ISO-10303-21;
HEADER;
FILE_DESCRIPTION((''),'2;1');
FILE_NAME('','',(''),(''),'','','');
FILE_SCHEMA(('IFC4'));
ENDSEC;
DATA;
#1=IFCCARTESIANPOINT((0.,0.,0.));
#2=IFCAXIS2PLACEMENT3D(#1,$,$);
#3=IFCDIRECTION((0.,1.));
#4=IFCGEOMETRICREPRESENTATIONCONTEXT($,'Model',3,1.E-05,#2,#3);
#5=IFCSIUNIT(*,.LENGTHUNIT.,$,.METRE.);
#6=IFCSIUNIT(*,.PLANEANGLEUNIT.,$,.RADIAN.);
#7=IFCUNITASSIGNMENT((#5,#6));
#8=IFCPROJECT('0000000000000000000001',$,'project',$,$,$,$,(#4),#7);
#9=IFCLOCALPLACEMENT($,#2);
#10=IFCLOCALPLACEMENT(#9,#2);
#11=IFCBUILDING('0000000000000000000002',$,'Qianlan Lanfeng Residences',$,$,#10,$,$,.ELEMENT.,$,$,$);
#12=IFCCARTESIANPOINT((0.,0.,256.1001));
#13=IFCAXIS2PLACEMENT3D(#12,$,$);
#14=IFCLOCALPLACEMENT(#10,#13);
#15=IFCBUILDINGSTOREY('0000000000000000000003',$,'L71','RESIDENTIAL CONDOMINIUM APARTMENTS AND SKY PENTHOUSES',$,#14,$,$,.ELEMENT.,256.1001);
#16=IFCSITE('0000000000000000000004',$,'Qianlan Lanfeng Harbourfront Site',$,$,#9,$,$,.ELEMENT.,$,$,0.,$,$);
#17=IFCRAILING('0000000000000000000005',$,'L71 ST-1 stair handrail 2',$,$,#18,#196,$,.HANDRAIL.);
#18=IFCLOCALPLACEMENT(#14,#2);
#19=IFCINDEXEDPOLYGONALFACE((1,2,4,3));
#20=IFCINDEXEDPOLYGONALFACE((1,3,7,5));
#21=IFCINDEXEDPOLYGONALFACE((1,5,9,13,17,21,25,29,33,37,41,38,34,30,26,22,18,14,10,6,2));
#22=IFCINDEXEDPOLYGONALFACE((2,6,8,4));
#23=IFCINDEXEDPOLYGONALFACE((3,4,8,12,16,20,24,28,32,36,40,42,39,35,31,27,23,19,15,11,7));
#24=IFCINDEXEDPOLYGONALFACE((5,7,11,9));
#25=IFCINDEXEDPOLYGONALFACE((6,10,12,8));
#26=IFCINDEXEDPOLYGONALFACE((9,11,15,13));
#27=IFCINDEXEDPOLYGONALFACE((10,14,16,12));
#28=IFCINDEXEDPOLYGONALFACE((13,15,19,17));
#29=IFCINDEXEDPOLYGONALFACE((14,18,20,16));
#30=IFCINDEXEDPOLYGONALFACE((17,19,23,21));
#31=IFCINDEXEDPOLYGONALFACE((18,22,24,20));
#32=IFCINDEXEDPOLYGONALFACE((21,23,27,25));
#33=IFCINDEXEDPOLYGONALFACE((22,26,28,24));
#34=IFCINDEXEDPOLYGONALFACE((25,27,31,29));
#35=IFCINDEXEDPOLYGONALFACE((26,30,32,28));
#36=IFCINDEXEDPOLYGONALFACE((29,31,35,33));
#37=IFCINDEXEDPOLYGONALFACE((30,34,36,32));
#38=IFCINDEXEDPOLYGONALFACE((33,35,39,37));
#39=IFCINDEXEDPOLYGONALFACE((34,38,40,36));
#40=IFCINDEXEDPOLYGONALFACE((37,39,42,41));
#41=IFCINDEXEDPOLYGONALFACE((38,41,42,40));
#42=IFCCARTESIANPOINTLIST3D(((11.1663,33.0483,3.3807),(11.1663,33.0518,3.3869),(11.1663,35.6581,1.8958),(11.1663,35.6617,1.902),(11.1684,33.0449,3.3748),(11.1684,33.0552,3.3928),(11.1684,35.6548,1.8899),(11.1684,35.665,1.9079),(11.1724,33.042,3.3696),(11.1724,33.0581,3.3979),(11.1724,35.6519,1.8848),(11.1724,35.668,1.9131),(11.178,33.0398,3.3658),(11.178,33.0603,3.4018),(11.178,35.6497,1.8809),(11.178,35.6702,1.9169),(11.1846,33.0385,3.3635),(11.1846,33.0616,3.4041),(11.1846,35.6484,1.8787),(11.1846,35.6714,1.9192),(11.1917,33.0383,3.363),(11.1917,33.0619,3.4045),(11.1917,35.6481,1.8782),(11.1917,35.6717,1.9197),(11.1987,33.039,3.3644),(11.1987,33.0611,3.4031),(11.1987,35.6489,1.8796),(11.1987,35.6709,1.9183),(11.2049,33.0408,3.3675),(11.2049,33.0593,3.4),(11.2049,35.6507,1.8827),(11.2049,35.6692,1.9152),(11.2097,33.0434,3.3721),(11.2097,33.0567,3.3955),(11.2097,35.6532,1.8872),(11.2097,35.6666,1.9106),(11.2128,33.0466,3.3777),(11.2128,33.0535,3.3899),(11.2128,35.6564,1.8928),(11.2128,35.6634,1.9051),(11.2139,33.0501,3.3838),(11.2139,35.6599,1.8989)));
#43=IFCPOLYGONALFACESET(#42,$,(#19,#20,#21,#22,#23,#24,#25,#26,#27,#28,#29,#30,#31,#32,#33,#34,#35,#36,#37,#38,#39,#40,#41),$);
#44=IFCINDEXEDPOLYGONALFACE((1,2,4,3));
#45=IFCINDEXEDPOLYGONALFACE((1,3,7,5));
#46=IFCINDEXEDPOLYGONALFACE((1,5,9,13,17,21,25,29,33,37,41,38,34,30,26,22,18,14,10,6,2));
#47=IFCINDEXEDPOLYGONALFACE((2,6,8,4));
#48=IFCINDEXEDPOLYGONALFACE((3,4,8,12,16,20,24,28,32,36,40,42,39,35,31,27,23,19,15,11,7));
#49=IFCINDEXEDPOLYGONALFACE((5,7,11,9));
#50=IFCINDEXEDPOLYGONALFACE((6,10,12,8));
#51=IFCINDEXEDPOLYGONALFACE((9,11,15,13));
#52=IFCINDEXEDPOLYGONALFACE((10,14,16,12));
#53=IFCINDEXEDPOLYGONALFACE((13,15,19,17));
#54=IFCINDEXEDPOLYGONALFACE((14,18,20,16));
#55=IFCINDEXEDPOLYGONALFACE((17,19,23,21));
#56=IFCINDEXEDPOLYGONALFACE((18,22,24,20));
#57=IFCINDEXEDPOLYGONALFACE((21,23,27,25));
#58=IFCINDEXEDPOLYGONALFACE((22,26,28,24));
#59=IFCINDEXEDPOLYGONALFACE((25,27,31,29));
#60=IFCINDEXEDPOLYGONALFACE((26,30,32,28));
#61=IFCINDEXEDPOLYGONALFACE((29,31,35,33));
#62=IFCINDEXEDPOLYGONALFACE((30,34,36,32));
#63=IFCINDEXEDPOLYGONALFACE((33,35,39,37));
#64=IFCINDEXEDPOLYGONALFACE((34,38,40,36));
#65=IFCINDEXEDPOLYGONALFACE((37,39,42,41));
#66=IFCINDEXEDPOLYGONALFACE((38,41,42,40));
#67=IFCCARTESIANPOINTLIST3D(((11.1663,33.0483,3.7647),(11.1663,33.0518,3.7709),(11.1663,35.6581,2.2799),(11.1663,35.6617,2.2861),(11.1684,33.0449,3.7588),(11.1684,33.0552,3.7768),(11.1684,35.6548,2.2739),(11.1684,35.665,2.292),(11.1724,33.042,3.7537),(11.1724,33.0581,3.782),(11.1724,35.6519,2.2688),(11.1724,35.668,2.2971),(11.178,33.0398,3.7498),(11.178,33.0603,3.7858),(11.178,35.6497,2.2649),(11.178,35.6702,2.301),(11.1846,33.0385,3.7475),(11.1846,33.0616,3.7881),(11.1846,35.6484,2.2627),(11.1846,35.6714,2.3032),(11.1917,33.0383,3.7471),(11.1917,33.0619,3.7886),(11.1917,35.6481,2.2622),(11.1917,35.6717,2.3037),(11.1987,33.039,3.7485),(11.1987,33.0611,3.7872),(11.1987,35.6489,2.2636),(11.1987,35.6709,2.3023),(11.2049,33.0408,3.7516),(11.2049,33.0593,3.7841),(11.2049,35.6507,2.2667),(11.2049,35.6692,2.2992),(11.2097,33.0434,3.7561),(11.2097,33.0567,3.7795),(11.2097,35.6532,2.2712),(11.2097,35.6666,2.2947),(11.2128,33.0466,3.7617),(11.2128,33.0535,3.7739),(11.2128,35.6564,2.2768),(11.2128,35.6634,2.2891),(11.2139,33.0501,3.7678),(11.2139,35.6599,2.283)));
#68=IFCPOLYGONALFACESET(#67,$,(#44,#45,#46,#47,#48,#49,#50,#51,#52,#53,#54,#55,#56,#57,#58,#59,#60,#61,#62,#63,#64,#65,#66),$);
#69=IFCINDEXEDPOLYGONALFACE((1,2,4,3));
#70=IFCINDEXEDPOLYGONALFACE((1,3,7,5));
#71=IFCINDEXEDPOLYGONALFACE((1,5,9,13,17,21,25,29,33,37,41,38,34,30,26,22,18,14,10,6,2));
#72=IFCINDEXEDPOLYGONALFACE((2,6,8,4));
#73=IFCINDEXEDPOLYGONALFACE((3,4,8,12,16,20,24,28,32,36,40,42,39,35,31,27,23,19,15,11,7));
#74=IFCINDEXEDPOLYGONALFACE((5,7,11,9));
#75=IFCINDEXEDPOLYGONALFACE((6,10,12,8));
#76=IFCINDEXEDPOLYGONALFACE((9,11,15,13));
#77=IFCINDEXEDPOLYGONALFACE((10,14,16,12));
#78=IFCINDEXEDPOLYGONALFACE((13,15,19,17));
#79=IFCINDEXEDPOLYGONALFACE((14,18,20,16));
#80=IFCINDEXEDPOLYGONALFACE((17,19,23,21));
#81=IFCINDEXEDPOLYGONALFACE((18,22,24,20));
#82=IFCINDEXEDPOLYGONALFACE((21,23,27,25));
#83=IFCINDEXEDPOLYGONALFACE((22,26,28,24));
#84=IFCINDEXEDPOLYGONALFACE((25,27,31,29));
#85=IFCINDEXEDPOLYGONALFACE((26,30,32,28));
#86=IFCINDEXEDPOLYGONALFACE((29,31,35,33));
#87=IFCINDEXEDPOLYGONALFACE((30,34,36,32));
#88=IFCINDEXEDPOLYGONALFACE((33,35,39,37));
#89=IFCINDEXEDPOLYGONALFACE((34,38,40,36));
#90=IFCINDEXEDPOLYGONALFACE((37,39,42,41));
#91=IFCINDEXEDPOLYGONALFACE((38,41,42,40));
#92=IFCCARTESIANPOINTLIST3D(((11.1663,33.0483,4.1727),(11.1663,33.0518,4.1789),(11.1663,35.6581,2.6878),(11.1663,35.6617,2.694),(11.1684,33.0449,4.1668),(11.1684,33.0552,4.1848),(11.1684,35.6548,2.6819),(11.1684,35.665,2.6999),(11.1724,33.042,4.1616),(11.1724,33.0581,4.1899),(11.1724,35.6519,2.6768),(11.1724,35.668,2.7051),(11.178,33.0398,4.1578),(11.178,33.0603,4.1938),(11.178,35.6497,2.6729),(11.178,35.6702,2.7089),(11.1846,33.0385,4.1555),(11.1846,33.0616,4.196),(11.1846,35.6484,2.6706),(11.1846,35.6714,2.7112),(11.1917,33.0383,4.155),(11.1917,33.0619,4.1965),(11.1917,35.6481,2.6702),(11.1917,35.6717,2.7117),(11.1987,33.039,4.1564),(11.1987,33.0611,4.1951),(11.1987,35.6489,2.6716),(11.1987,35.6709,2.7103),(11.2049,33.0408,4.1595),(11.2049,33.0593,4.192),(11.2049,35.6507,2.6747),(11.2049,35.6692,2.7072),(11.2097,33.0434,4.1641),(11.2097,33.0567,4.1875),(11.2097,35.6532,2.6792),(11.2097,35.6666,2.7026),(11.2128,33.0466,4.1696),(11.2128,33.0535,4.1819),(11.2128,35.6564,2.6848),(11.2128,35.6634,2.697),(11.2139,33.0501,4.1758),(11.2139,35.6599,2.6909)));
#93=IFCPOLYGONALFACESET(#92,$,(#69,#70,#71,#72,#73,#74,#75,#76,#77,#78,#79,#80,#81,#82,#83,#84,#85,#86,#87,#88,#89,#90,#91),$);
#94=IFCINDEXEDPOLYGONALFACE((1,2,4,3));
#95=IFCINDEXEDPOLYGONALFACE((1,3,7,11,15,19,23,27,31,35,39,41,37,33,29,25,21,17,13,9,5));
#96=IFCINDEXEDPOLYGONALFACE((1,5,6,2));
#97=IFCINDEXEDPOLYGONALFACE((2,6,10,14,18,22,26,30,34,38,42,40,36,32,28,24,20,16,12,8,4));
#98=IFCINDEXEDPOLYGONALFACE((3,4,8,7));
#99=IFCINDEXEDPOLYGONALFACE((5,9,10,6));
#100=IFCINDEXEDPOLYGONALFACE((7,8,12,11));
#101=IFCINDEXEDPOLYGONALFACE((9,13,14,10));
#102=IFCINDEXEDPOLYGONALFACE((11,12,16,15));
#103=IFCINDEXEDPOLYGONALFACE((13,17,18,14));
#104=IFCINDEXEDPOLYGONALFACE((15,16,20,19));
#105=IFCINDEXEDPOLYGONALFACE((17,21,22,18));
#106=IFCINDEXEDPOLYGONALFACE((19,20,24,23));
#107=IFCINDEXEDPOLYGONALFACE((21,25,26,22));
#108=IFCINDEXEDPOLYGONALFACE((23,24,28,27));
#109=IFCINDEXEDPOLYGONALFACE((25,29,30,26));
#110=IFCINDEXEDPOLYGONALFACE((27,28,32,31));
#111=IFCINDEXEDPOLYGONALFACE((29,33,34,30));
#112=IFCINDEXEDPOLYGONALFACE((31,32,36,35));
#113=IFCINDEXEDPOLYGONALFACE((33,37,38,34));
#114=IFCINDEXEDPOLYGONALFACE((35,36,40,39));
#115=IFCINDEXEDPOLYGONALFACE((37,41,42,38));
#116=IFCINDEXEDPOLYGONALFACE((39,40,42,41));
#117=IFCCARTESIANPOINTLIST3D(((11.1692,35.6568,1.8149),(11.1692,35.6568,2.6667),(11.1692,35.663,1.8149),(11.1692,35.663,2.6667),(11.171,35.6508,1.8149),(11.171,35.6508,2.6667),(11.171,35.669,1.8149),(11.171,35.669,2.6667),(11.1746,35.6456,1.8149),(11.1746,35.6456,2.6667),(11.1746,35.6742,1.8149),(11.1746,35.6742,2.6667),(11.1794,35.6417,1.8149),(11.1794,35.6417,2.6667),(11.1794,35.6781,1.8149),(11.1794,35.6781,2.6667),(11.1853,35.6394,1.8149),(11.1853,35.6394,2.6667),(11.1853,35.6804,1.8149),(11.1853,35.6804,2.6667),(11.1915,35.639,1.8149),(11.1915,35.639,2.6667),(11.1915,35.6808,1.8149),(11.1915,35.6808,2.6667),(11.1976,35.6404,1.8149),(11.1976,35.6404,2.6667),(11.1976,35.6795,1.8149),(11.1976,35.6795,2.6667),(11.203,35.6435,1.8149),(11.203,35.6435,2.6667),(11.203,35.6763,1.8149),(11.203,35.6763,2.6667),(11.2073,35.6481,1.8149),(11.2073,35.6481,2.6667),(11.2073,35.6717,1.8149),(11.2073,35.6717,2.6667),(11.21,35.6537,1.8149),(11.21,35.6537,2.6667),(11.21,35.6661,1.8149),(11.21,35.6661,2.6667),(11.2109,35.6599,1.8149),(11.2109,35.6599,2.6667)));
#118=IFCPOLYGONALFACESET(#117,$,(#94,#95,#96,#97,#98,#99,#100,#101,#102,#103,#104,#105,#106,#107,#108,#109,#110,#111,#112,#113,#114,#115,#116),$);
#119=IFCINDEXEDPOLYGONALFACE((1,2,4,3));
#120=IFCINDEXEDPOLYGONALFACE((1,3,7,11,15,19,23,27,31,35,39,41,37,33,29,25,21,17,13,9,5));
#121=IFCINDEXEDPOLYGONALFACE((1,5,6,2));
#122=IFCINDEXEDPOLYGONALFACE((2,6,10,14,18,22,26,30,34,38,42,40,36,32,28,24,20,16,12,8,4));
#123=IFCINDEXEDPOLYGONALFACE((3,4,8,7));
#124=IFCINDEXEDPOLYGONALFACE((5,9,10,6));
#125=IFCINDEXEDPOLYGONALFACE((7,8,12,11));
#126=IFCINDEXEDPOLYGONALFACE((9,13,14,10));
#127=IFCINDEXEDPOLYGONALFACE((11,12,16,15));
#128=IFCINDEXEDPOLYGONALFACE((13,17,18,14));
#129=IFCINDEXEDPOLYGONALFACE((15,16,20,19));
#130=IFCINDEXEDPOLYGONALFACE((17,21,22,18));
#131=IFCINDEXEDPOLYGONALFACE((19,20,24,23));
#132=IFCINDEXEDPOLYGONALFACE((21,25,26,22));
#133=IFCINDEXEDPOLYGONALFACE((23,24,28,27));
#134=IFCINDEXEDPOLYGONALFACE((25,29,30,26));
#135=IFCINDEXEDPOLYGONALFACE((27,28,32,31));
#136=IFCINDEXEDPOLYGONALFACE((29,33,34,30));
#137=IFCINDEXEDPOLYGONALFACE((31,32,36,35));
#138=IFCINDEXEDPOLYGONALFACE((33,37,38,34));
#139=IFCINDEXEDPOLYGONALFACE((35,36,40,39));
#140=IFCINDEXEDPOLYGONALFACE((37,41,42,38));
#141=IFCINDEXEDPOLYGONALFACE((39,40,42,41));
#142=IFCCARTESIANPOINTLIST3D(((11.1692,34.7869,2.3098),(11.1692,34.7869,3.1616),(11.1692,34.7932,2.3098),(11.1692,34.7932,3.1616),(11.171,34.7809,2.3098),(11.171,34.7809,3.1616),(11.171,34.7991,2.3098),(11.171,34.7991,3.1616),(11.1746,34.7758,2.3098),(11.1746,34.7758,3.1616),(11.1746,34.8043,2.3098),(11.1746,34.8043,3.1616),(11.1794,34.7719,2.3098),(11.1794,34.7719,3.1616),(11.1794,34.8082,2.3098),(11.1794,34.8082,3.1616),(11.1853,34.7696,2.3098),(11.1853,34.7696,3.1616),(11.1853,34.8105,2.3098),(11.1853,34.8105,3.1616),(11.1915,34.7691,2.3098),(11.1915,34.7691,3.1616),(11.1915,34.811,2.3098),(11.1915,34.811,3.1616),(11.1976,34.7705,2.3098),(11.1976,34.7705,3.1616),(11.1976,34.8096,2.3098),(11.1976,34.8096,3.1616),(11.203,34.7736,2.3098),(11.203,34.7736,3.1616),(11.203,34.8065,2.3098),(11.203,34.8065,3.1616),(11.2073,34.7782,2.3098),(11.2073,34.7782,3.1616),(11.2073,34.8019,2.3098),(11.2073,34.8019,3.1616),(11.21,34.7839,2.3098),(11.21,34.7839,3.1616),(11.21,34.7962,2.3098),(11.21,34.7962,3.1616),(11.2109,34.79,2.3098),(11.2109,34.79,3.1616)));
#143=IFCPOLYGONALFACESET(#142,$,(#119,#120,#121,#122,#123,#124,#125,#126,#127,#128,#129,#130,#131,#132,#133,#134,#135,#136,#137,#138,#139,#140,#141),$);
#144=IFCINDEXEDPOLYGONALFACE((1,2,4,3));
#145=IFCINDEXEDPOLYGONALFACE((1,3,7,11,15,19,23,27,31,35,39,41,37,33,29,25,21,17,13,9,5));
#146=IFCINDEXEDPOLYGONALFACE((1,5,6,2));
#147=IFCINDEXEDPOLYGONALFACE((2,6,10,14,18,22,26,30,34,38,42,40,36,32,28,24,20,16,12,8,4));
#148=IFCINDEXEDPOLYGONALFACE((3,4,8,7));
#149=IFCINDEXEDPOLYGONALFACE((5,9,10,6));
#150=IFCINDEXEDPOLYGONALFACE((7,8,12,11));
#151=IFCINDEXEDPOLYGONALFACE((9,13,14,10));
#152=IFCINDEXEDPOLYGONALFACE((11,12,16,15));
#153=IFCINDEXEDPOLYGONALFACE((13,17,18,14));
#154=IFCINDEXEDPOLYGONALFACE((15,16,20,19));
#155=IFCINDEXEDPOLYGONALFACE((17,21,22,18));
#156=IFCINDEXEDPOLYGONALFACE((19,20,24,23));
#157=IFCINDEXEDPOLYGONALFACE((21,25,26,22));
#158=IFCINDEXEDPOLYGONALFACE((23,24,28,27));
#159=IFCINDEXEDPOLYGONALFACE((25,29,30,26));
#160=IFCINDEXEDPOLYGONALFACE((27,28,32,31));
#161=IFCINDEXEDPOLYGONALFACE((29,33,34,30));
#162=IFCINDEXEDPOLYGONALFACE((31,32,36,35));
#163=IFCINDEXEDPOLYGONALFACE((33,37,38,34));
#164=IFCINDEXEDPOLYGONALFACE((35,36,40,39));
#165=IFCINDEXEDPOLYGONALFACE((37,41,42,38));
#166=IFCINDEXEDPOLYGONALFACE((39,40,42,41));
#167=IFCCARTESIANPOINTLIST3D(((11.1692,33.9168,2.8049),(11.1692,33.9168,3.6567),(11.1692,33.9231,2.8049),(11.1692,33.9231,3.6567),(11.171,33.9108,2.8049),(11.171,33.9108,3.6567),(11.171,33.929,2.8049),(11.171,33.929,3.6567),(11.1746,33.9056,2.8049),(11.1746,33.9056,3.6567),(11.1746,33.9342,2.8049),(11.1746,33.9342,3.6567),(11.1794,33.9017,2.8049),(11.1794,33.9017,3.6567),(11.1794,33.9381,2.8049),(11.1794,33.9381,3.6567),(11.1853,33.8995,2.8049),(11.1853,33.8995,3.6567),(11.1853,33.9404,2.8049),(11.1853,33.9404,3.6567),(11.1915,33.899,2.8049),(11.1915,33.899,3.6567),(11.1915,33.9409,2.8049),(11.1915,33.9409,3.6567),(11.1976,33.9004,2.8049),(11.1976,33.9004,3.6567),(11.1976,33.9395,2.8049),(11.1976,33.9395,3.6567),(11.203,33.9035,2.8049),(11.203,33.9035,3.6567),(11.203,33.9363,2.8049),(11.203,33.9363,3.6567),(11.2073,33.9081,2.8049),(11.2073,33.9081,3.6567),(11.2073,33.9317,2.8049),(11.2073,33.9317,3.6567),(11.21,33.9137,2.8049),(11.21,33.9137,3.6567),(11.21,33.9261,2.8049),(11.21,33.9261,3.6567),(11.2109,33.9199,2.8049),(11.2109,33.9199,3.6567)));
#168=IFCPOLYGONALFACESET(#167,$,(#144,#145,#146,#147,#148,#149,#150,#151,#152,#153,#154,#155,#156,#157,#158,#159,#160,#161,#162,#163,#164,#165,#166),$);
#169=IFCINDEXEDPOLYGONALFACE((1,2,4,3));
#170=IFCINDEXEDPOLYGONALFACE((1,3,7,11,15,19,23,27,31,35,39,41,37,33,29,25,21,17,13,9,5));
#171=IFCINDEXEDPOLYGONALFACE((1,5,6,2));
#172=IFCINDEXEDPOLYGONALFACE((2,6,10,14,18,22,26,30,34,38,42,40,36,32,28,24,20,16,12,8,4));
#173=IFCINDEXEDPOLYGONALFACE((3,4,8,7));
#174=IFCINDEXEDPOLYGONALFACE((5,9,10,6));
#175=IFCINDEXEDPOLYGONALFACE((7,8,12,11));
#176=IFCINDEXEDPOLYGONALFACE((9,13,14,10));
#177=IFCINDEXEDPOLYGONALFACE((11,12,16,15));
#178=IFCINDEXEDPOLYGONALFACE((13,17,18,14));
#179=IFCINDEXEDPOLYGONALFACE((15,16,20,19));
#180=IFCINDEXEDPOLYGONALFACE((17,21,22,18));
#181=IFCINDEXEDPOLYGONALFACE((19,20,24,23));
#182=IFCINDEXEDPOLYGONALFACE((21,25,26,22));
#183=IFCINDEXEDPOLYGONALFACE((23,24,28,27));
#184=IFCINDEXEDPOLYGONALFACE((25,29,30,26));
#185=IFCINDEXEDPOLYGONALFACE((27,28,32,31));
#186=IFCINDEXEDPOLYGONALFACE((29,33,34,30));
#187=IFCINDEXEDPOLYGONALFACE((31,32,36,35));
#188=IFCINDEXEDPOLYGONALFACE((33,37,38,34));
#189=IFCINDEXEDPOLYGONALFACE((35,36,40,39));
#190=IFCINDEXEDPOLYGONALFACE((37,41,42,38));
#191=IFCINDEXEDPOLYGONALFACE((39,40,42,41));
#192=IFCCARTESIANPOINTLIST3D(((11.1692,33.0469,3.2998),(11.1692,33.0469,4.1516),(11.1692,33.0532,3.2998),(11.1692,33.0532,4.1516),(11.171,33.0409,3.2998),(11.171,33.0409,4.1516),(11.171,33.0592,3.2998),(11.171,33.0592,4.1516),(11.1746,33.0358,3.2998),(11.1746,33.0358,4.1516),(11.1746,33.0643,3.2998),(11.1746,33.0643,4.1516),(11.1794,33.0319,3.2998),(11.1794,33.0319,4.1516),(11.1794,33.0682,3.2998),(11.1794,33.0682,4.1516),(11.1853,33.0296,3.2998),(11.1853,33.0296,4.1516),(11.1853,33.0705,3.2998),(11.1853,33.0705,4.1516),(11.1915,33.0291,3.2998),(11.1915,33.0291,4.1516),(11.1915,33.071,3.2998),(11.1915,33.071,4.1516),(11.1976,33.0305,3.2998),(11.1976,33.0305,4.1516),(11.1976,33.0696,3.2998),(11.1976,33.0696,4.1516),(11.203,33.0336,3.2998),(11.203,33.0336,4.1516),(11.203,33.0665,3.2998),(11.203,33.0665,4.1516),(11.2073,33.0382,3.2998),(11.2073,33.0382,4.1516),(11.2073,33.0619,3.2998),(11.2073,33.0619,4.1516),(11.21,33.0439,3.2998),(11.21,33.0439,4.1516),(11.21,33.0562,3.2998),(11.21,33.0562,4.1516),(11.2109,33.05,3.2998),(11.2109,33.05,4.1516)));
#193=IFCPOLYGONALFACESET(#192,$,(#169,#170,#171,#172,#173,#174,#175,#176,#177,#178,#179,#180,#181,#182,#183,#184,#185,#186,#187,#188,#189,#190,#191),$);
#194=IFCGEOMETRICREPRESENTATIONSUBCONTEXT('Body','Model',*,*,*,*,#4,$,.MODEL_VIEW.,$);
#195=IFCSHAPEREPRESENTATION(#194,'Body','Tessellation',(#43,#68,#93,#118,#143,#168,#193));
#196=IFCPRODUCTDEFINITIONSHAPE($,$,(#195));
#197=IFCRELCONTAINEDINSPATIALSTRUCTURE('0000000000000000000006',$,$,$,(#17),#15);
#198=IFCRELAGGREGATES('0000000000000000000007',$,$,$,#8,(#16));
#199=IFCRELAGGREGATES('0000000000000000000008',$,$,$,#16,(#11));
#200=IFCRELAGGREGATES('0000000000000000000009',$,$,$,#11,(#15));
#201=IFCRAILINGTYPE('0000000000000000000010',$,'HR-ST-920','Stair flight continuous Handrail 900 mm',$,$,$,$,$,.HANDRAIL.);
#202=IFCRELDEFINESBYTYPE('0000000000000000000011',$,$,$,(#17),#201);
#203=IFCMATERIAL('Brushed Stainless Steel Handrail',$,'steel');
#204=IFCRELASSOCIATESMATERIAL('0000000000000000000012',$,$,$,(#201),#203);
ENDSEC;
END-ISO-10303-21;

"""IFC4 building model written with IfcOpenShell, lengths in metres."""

from ifc_helpers import new_model, si_unit, direction, frame, origin, origin_2d, place, context, subcontext, project, spatial, circle, extrude, material, type_object, element, save


model = new_model("IFC4")

# Units and contexts
model_context = context("Model", 3, precision=1e-05, world=origin(), true_north=direction((0.0, 1.0)))
body_context = subcontext(model_context, "Body", "Model", "MODEL_VIEW")
ifc_project = project(units=[si_unit("LENGTHUNIT", "METRE"), si_unit("PLANEANGLEUNIT", "RADIAN")], contexts=[model_context])

# Site, building, storey
site_placement = place(None, origin())
site = spatial("IfcSite", under=ifc_project, at=site_placement, Name="Qianlan Lanfeng Harbourfront Site", CompositionType="ELEMENT", RefElevation=0.0)
building_placement = place(site_placement, origin())
building = spatial("IfcBuilding", under=site, at=building_placement, Name="Qianlan Lanfeng Residences", CompositionType="ELEMENT")
storey_placement = place(building_placement, frame((0.0, 0.0, 256.1001)))
storey = spatial("IfcBuildingStorey", under=building, at=storey_placement, Name="L71", Description="RESIDENTIAL CONDOMINIUM APARTMENTS AND SKY PENTHOUSES", CompositionType="ELEMENT", Elevation=256.1001)

# Railing
ifc_material_1 = material(Name="Brushed Stainless Steel Handrail", Category="steel")
railing_type_1 = type_object("IfcRailingType", Name="HR-ST-920", Description="Stair flight continuous Handrail 900 mm", PredefinedType="HANDRAIL", material=ifc_material_1)
railing_1_placement = place(storey_placement, frame((11.1899, 35.6599, 1.8149)))
element("IfcRailing", 1, at=railing_1_placement, inside=storey, type_object=railing_type_1, Name="L71 ST-1 stair handrail 2", PredefinedType="HANDRAIL", context=body_context, shape_type="SweptSolid", body=[
    extrude(circle(Radius=0.0239, at=origin_2d()), frame((0.0, 0.0, 0.084), z_axis=(0.0, -0.869172, 0.494509), x_axis=(1.0, 0.0, 0.0)), (0.0, 0.0, 1.0), 3.0027),
    extrude(circle(Radius=0.0239, at=origin_2d()), frame((0.0, 0.0, 0.468), z_axis=(0.0, -0.869172, 0.494509), x_axis=(1.0, 0.0, 0.0)), (0.0, 0.0, 1.0), 3.0027),
    extrude(circle(Radius=0.0239, at=origin_2d()), frame((0.0, 0.0, 0.876), z_axis=(0.0, -0.869172, 0.494509), x_axis=(1.0, 0.0, 0.0)), (0.0, 0.0, 1.0), 3.0027),
    extrude(circle(Radius=0.021, at=origin_2d()), origin(), (0.0, 0.0, 1.0), 0.8518),
    extrude(circle(Radius=0.021, at=origin_2d()), frame((0.0, -0.8699, 0.4949)), (0.0, 0.0, 1.0), 0.8518),
    extrude(circle(Radius=0.021, at=origin_2d()), frame((0.0, -1.74, 0.99)), (0.0, 0.0, 1.0), 0.8518),
    extrude(circle(Radius=0.021, at=origin_2d()), frame((0.0, -2.6099, 1.4849)), (0.0, 0.0, 1.0), 0.8518),
])

save(model, "model.ifc")
